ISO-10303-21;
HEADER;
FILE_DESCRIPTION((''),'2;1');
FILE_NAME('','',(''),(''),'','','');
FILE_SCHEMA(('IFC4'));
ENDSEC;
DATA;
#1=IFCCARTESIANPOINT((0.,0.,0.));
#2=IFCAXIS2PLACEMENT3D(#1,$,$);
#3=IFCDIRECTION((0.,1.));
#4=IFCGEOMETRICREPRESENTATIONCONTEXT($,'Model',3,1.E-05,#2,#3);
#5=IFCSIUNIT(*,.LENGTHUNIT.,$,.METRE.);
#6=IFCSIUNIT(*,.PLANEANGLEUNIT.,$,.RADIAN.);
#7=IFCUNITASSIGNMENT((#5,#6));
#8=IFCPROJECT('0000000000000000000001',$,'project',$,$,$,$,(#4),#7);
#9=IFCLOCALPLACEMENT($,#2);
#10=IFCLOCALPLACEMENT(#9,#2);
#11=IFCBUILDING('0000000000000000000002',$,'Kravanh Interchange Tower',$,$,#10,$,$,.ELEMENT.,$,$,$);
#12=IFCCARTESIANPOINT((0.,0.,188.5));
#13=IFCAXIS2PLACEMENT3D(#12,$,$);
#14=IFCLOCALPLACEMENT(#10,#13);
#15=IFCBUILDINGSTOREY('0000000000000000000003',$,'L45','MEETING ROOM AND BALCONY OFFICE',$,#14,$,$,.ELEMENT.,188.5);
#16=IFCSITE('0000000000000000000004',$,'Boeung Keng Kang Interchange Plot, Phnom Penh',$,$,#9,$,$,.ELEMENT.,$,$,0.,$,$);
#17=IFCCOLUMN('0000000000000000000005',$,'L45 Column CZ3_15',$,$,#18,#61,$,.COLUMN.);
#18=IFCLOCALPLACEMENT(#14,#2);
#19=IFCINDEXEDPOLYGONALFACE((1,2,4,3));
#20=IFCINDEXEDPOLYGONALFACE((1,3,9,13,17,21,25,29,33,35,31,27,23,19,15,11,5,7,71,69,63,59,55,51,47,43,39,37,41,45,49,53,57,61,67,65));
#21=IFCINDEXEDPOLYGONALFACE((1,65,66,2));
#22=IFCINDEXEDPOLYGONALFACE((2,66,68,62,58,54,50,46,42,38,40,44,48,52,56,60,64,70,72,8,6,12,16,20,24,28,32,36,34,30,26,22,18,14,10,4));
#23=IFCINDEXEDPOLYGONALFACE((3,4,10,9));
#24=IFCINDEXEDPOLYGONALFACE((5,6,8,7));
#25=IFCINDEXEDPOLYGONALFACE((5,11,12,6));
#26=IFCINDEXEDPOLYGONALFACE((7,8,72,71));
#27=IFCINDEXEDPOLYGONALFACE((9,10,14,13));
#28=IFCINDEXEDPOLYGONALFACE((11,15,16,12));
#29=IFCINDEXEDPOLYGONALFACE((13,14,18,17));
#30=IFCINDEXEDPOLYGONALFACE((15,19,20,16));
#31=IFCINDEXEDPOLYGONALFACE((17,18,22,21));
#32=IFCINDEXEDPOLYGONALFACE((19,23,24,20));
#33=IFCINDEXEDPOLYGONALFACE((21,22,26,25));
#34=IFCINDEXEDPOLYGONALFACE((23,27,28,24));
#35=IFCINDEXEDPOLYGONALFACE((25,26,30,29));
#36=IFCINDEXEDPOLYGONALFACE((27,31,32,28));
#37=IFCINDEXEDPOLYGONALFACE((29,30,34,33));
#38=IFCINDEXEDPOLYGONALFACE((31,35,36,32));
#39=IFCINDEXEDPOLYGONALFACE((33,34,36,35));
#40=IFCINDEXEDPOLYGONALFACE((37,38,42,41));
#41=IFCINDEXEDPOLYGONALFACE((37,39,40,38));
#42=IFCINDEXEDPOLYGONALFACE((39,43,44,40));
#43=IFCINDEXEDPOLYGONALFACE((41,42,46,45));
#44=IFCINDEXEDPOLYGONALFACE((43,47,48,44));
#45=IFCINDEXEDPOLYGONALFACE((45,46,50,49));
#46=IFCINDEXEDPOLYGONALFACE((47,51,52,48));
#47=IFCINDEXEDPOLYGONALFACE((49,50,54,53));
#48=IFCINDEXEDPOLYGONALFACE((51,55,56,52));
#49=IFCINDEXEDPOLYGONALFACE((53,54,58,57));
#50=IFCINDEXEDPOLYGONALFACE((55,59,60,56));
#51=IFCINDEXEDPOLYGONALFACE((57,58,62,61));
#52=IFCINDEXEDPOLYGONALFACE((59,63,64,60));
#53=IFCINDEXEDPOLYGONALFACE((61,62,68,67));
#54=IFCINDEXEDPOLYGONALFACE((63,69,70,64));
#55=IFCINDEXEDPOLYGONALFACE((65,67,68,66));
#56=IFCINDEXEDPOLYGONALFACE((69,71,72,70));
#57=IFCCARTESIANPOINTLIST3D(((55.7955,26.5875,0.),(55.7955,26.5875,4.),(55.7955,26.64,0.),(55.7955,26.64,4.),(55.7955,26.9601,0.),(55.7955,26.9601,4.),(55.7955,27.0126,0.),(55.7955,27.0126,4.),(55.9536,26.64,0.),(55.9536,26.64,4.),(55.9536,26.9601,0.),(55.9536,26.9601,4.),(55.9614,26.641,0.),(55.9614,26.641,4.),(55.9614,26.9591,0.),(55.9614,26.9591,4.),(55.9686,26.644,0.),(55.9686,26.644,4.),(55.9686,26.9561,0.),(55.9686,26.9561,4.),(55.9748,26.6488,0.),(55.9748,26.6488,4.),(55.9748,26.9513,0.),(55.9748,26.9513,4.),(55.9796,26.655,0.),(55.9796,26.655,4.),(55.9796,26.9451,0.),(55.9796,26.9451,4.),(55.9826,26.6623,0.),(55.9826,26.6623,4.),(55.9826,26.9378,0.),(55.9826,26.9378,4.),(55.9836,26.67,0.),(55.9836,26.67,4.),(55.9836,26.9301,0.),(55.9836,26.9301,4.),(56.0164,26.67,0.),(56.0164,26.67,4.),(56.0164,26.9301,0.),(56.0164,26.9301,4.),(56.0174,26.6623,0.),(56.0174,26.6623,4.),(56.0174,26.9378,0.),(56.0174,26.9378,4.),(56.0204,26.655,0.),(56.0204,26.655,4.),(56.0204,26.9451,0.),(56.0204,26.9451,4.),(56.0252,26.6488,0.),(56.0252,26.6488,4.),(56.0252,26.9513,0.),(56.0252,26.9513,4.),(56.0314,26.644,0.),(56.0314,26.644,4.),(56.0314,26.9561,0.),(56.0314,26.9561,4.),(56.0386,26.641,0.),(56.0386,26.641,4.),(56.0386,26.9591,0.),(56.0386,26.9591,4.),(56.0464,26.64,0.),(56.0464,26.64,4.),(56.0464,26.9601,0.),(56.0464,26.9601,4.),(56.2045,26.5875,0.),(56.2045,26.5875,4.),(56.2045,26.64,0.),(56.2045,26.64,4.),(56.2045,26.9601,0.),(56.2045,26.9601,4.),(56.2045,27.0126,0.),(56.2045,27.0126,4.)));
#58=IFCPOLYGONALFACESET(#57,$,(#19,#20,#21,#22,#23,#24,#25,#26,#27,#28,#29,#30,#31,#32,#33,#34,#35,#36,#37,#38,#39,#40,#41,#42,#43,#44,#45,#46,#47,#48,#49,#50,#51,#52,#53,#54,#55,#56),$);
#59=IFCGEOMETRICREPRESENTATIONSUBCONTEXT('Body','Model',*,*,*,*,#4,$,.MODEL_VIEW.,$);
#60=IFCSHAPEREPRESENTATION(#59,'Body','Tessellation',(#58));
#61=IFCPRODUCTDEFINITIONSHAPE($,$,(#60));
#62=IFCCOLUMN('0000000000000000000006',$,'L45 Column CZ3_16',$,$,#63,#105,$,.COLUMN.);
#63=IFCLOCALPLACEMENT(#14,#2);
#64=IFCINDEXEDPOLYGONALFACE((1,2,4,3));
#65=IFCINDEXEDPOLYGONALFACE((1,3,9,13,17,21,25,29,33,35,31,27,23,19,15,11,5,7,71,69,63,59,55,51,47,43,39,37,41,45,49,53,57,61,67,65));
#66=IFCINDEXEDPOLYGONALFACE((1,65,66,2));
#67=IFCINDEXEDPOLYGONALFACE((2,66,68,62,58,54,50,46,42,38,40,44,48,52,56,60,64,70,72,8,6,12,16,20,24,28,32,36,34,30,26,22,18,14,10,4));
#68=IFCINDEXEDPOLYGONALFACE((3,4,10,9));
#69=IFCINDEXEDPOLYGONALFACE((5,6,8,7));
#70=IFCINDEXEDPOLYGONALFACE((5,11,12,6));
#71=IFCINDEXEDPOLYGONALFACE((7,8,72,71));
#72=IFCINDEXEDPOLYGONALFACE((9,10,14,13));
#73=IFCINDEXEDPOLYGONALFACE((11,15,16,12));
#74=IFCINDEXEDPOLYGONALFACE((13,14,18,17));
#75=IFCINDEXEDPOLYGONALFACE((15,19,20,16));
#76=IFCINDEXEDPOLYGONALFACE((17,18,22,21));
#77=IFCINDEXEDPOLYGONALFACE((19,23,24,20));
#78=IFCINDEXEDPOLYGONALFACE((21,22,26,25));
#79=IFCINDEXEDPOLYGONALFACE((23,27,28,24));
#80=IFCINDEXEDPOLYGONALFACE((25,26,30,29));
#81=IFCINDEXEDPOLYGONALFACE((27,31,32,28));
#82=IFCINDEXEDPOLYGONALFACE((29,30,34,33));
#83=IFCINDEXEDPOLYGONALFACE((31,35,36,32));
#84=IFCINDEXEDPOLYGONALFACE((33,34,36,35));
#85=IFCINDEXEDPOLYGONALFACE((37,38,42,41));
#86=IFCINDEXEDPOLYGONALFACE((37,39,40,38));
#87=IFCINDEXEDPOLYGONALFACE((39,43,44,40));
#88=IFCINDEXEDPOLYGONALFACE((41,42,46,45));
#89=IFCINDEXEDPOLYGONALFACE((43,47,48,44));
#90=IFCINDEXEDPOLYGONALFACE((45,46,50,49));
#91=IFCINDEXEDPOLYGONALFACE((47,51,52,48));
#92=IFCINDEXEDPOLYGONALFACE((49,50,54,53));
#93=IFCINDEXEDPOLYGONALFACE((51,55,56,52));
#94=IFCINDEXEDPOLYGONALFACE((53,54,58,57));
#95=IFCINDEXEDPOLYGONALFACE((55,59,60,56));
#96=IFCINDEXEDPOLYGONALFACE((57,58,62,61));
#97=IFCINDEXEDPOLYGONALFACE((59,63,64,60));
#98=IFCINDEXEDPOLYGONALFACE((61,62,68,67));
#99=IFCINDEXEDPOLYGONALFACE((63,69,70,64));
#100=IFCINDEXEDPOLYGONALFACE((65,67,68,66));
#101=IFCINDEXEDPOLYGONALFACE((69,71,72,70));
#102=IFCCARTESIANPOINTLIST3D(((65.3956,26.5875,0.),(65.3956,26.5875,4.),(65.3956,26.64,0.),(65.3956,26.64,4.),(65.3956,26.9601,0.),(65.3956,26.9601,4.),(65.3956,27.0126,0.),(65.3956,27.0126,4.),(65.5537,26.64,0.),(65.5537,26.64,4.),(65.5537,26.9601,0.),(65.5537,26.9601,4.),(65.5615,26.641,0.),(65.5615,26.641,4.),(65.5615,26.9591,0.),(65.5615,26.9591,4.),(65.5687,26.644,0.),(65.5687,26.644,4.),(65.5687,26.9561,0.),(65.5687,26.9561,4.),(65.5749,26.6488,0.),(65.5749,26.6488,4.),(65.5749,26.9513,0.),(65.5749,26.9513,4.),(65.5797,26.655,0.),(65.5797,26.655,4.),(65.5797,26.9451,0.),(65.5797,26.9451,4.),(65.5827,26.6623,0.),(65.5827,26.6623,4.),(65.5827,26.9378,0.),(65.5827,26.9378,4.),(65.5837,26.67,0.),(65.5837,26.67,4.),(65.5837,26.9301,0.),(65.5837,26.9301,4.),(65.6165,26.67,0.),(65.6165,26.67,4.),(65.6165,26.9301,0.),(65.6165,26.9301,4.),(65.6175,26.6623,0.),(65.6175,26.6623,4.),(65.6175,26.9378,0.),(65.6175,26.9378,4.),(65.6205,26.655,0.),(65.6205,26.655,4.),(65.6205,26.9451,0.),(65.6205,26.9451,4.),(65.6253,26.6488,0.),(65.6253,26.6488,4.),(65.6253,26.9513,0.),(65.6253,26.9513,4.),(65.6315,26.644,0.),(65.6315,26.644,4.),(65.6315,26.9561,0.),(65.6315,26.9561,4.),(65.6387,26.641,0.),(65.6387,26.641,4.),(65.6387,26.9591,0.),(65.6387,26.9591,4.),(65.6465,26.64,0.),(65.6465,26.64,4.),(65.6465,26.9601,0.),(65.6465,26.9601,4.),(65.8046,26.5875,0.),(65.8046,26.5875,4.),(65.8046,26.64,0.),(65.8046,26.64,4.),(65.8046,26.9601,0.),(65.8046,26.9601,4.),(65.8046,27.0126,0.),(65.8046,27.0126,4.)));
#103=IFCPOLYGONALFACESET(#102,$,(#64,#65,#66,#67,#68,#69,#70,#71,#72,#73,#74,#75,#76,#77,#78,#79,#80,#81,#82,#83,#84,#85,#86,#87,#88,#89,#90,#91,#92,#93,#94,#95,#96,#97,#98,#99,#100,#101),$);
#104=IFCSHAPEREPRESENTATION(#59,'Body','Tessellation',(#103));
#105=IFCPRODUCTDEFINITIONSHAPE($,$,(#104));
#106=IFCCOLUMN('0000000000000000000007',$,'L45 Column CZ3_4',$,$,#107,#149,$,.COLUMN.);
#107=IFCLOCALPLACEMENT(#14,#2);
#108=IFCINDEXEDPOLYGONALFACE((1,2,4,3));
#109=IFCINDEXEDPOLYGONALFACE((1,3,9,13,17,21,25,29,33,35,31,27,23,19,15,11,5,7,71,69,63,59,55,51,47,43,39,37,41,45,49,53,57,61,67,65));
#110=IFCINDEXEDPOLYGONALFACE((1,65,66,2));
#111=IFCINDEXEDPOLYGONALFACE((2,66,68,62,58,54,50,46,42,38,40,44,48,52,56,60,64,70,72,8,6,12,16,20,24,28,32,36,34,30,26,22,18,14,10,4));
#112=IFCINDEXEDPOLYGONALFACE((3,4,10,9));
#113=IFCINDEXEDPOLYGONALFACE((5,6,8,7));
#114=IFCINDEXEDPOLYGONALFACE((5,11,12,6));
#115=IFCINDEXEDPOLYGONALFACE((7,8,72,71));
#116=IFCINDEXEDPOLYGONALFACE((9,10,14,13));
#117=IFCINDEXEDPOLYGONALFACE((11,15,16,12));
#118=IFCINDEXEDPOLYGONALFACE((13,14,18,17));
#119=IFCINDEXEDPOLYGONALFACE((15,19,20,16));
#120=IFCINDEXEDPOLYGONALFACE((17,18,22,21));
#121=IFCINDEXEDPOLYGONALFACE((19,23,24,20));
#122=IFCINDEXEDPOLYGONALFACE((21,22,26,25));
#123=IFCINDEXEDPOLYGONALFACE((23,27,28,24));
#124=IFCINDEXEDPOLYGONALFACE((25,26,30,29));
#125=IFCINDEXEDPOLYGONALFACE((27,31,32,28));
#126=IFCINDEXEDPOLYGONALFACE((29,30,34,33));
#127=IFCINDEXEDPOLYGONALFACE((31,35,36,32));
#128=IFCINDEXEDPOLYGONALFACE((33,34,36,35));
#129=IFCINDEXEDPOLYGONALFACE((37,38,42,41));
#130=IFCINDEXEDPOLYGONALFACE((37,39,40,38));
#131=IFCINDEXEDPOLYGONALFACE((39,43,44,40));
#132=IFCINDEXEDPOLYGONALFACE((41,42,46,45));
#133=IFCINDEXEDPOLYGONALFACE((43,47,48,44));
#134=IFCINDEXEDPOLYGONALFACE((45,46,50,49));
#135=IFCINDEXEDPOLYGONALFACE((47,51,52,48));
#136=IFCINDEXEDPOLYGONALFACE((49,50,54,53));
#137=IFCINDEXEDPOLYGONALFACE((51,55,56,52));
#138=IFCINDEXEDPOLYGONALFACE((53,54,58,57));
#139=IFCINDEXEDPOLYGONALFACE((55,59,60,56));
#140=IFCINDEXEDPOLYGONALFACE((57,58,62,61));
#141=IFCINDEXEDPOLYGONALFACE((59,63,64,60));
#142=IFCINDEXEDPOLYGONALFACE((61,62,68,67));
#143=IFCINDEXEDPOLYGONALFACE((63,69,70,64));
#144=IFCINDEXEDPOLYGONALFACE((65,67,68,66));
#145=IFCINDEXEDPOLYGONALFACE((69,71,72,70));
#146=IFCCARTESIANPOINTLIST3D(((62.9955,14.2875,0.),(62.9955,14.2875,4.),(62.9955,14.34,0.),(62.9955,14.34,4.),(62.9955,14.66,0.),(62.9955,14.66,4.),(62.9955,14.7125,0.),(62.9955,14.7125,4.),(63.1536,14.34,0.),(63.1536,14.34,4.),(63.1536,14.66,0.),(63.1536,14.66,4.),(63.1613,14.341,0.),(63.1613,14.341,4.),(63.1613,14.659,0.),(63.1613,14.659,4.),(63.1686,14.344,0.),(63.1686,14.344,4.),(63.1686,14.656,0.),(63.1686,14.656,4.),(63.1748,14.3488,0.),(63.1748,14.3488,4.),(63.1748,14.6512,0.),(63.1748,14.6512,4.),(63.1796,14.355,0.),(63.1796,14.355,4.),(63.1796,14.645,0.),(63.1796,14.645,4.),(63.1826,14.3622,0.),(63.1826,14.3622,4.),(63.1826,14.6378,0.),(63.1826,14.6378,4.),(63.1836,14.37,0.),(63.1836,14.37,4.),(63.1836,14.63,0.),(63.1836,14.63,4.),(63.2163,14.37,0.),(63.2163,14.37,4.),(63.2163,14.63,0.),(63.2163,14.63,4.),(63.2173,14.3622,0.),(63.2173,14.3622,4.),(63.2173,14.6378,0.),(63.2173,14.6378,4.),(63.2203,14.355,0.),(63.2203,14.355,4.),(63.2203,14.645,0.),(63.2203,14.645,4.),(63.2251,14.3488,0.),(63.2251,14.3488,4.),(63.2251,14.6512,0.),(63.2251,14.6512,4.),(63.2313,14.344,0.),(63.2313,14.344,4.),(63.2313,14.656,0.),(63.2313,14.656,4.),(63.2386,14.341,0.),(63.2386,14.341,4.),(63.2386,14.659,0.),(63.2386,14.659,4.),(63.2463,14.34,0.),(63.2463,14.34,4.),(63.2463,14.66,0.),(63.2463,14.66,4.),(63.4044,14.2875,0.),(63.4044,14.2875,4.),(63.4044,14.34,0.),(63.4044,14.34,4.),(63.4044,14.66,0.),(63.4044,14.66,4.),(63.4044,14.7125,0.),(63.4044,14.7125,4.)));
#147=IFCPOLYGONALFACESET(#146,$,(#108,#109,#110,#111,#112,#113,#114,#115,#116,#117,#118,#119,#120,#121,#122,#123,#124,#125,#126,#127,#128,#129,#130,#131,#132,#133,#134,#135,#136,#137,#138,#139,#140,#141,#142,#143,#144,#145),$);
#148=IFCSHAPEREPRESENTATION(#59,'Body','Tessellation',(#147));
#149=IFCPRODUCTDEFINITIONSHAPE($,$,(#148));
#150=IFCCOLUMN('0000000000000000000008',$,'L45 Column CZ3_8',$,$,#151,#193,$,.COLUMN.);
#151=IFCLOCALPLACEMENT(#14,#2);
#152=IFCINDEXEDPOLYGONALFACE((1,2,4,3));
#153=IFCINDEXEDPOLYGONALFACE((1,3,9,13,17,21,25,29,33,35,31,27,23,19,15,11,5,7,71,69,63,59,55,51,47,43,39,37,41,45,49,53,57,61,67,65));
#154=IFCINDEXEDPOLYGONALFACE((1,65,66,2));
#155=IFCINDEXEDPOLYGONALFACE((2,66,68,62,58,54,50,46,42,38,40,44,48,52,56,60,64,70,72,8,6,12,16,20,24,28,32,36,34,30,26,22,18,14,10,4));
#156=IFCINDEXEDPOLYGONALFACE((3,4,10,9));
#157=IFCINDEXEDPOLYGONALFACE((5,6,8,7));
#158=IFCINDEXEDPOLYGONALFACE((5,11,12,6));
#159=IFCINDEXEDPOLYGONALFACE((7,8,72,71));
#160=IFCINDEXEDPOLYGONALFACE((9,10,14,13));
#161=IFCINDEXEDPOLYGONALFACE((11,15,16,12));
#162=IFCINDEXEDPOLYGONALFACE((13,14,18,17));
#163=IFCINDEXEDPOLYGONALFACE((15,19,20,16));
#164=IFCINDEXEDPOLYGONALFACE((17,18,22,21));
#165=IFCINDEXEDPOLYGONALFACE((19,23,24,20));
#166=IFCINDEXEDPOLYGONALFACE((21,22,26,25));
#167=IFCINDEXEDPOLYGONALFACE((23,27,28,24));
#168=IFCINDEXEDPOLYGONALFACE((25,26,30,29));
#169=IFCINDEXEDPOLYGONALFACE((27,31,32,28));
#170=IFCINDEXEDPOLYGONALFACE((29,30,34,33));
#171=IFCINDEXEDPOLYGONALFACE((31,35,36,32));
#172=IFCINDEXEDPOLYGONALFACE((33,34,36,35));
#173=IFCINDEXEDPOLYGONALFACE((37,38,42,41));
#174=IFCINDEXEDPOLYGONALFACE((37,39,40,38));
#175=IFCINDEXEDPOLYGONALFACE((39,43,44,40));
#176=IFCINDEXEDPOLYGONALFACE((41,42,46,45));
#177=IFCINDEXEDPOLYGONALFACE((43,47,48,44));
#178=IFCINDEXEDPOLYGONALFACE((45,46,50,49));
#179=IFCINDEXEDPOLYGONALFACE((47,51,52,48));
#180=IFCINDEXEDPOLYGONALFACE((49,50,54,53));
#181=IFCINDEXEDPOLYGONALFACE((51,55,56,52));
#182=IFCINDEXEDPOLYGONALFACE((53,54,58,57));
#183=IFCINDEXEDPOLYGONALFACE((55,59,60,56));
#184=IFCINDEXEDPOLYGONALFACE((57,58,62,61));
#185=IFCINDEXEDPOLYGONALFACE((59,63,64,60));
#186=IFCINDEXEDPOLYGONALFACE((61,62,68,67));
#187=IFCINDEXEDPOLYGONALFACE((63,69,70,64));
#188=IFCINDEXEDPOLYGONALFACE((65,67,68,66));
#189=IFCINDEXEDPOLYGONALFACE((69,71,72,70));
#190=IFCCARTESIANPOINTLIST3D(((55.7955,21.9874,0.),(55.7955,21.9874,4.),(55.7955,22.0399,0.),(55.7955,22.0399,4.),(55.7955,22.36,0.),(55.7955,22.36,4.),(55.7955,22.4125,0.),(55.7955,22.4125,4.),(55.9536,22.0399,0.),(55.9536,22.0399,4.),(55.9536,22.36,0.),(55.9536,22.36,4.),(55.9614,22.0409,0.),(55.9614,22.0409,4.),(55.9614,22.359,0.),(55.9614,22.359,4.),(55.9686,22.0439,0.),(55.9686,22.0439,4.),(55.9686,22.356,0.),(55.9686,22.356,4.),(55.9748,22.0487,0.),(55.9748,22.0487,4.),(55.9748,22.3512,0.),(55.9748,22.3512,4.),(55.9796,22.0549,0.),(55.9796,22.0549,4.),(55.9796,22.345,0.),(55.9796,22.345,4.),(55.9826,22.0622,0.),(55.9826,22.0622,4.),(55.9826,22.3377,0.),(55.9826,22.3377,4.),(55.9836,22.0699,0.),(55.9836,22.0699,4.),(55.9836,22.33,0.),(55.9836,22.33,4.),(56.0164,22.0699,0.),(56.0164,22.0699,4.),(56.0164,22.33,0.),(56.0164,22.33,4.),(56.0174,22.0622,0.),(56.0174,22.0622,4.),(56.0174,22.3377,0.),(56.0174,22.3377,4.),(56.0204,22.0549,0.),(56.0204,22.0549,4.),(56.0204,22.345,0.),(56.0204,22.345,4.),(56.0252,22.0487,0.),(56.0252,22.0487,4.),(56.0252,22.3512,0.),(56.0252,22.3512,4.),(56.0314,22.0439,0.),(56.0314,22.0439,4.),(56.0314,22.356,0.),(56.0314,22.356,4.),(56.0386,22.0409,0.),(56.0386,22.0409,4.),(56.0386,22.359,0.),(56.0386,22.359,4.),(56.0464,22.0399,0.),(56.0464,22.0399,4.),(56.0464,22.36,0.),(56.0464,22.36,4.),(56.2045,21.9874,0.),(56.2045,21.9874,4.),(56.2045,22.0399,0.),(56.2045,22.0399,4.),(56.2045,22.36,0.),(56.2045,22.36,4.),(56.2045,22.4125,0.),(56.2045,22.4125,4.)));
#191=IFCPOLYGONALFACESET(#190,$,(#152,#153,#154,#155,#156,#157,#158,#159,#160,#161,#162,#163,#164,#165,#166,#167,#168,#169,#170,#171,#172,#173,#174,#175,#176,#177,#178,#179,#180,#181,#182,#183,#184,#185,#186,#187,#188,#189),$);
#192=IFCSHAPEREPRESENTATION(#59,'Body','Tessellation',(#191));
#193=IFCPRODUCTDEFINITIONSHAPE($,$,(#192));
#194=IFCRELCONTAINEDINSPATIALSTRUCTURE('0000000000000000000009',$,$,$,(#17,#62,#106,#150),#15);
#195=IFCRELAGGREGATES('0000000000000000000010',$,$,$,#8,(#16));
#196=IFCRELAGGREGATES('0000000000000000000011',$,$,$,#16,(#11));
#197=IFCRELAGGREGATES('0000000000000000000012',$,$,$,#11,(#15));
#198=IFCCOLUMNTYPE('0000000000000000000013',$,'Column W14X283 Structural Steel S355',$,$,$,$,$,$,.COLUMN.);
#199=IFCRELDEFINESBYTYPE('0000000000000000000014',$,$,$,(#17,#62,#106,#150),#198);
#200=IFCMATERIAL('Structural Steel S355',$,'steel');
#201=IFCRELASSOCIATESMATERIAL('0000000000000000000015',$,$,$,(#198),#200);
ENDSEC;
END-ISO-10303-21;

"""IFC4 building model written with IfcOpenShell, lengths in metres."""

from ifc_helpers import new_model, si_unit, direction, frame, origin, origin_2d, place, context, subcontext, project, spatial, i_section, extrude, material, material_profile, profile_set, type_object, element, save


model = new_model("IFC4")

# Units and contexts
model_context = context("Model", 3, precision=1e-05, world=origin(), true_north=direction((0.0, 1.0)))
body_context = subcontext(model_context, "Body", "Model", "MODEL_VIEW")
ifc_project = project(units=[si_unit("LENGTHUNIT", "METRE"), si_unit("PLANEANGLEUNIT", "RADIAN")], contexts=[model_context])

# Site, building, storey
site_placement = place(None, origin())
site = spatial("IfcSite", under=ifc_project, at=site_placement, Name="Boeung Keng Kang Interchange Plot, Phnom Penh", CompositionType="ELEMENT", RefElevation=0.0)
building_placement = place(site_placement, origin())
building = spatial("IfcBuilding", under=site, at=building_placement, Name="Kravanh Interchange Tower", CompositionType="ELEMENT")
storey_placement = place(building_placement, frame((0.0, 0.0, 188.5)))
storey = spatial("IfcBuildingStorey", under=building, at=storey_placement, Name="L45", Description="MEETING ROOM AND BALCONY OFFICE", CompositionType="ELEMENT", Elevation=188.5)

# Columns
ifc_material_1 = material(Name="Structural Steel S355", Category="steel")
ifc_material_profile_1 = material_profile(ifc_material_1, i_section(OverallWidth=0.4089, OverallDepth=0.425, WebThickness=0.0327, FlangeThickness=0.0525, FilletRadius=0.03, at=origin_2d()), Name="W14X283")
ifc_profile_set_1 = profile_set([ifc_material_profile_1], Name="Structural Steel S355")
column_type = type_object("IfcColumnType", Name="Column W14X283 Structural Steel S355", PredefinedType="COLUMN", material=ifc_profile_set_1)
for number, where, z_axis, x_axis, name in (
    (1, (56.0, 26.8, 0.0), (0.0, 0.0, 1.0), (1.0, 0.0, 0.0), "L45 Column CZ3_15"),
    (2, (65.6001, 26.8, 0.0), (0.0, 0.0, 1.0), (1.0, 0.0, 0.0), "L45 Column CZ3_16"),
    (3, (63.2, 14.5, 0.0), (0.0, 0.0, 1.0), (1.0, 0.0, 0.0), "L45 Column CZ3_4"),
    (4, (56.0, 22.2, 0.0), (0.0, 0.0, 1.0), (1.0, 0.0, 0.0), "L45 Column CZ3_8"),
):
    element("IfcColumn", number, at=place(storey_placement, frame(where, z_axis=z_axis, x_axis=x_axis)), inside=storey, type_object=column_type, Name=name, PredefinedType="COLUMN", context=body_context, shape_type="SweptSolid", body=[
        extrude(i_section(OverallWidth=0.4089, OverallDepth=0.425, WebThickness=0.0327, FlangeThickness=0.0525, FilletRadius=0.03, at=origin_2d()), origin(), (0.0, 0.0, 1.0), 4.0),
    ])

save(model, "model.ifc")
